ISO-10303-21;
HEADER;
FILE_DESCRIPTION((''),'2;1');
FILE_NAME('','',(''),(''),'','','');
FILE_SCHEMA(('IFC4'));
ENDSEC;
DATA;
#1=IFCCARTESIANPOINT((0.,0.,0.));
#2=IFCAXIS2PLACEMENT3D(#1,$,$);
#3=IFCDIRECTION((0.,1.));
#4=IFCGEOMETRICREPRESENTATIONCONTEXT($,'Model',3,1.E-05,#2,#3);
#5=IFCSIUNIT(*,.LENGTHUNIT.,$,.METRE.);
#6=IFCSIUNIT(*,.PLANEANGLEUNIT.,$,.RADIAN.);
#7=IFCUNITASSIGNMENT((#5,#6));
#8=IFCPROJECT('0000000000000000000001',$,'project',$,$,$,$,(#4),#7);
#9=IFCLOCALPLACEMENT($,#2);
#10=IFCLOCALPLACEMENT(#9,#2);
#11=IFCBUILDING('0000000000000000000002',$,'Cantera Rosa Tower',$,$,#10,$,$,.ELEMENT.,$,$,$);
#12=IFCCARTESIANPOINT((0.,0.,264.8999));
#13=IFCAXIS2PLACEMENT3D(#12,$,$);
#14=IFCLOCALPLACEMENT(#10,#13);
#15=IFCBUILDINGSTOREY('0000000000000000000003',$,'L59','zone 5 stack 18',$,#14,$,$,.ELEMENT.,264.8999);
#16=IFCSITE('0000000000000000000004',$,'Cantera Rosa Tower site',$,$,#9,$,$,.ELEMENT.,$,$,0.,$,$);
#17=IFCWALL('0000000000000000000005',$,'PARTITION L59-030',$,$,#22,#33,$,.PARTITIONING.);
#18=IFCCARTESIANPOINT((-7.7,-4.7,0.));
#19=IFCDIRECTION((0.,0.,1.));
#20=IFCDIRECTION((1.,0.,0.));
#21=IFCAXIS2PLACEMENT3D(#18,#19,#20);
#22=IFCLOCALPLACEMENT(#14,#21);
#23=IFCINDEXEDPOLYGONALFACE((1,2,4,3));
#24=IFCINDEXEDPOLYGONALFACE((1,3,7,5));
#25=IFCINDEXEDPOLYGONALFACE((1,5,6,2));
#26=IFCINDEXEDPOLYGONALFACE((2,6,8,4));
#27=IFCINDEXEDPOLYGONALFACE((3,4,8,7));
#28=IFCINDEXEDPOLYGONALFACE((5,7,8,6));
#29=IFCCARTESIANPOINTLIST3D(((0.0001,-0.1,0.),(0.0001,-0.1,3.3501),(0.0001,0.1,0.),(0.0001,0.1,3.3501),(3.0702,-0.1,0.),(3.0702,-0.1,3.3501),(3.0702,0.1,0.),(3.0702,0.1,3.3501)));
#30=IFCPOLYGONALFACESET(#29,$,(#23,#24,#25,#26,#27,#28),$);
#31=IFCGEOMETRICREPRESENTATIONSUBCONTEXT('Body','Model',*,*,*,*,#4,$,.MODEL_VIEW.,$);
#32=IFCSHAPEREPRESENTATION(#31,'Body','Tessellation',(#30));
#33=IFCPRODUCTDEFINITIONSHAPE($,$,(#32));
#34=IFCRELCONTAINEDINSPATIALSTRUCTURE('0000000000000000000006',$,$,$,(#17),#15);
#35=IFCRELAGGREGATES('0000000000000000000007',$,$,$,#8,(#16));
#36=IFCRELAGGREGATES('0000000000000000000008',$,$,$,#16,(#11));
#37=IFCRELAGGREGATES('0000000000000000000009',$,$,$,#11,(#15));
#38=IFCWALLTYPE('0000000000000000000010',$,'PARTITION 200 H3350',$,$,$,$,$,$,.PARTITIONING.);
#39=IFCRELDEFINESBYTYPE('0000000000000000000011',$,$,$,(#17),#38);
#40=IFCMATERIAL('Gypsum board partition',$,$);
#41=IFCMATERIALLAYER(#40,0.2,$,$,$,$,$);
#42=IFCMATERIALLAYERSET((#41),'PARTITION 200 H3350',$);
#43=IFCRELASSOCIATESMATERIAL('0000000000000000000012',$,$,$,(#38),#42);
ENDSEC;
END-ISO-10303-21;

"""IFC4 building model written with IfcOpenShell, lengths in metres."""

from ifc_helpers import new_model, si_unit, direction, frame, frame_2d, origin, place, context, subcontext, project, spatial, rectangle, extrude, material, layer, layer_set, type_object, element, save


model = new_model("IFC4")

# Units and contexts
model_context = context("Model", 3, precision=1e-05, world=origin(), true_north=direction((0.0, 1.0)))
body_context = subcontext(model_context, "Body", "Model", "MODEL_VIEW")
ifc_project = project(units=[si_unit("LENGTHUNIT", "METRE"), si_unit("PLANEANGLEUNIT", "RADIAN")], contexts=[model_context])

# Site, building, storey
site_placement = place(None, origin())
site = spatial("IfcSite", under=ifc_project, at=site_placement, Name="Cantera Rosa Tower site", CompositionType="ELEMENT", RefElevation=0.0)
building_placement = place(site_placement, origin())
building = spatial("IfcBuilding", under=site, at=building_placement, Name="Cantera Rosa Tower", CompositionType="ELEMENT")
storey_placement = place(building_placement, frame((0.0, 0.0, 264.8999)))
storey = spatial("IfcBuildingStorey", under=building, at=storey_placement, Name="L59", Description="zone 5 stack 18", CompositionType="ELEMENT", Elevation=264.8999)

# Wall
ifc_material_1 = material(Name="Gypsum board partition")
ifc_layer_1 = layer(ifc_material_1, 0.2)
ifc_layer_set_1 = layer_set([ifc_layer_1], Name="PARTITION 200 H3350")
wall_type_1 = type_object("IfcWallType", Name="PARTITION 200 H3350", PredefinedType="PARTITIONING", material=ifc_layer_set_1)
wall_1_placement = place(storey_placement, frame((-7.7, -4.7, 0.0), z_axis=(0.0, 0.0, 1.0), x_axis=(1.0, 0.0, 0.0)))
element("IfcWall", 1, at=wall_1_placement, inside=storey, type_object=wall_type_1, Name="PARTITION L59-030", PredefinedType="PARTITIONING", context=body_context, shape_type="SweptSolid", body=[
    extrude(rectangle(XDim=3.0701, YDim=0.2, at=frame_2d((1.5352, 0.0))), origin(), (0.0, 0.0, 1.0), 3.3501),
])

save(model, "model.ifc")
